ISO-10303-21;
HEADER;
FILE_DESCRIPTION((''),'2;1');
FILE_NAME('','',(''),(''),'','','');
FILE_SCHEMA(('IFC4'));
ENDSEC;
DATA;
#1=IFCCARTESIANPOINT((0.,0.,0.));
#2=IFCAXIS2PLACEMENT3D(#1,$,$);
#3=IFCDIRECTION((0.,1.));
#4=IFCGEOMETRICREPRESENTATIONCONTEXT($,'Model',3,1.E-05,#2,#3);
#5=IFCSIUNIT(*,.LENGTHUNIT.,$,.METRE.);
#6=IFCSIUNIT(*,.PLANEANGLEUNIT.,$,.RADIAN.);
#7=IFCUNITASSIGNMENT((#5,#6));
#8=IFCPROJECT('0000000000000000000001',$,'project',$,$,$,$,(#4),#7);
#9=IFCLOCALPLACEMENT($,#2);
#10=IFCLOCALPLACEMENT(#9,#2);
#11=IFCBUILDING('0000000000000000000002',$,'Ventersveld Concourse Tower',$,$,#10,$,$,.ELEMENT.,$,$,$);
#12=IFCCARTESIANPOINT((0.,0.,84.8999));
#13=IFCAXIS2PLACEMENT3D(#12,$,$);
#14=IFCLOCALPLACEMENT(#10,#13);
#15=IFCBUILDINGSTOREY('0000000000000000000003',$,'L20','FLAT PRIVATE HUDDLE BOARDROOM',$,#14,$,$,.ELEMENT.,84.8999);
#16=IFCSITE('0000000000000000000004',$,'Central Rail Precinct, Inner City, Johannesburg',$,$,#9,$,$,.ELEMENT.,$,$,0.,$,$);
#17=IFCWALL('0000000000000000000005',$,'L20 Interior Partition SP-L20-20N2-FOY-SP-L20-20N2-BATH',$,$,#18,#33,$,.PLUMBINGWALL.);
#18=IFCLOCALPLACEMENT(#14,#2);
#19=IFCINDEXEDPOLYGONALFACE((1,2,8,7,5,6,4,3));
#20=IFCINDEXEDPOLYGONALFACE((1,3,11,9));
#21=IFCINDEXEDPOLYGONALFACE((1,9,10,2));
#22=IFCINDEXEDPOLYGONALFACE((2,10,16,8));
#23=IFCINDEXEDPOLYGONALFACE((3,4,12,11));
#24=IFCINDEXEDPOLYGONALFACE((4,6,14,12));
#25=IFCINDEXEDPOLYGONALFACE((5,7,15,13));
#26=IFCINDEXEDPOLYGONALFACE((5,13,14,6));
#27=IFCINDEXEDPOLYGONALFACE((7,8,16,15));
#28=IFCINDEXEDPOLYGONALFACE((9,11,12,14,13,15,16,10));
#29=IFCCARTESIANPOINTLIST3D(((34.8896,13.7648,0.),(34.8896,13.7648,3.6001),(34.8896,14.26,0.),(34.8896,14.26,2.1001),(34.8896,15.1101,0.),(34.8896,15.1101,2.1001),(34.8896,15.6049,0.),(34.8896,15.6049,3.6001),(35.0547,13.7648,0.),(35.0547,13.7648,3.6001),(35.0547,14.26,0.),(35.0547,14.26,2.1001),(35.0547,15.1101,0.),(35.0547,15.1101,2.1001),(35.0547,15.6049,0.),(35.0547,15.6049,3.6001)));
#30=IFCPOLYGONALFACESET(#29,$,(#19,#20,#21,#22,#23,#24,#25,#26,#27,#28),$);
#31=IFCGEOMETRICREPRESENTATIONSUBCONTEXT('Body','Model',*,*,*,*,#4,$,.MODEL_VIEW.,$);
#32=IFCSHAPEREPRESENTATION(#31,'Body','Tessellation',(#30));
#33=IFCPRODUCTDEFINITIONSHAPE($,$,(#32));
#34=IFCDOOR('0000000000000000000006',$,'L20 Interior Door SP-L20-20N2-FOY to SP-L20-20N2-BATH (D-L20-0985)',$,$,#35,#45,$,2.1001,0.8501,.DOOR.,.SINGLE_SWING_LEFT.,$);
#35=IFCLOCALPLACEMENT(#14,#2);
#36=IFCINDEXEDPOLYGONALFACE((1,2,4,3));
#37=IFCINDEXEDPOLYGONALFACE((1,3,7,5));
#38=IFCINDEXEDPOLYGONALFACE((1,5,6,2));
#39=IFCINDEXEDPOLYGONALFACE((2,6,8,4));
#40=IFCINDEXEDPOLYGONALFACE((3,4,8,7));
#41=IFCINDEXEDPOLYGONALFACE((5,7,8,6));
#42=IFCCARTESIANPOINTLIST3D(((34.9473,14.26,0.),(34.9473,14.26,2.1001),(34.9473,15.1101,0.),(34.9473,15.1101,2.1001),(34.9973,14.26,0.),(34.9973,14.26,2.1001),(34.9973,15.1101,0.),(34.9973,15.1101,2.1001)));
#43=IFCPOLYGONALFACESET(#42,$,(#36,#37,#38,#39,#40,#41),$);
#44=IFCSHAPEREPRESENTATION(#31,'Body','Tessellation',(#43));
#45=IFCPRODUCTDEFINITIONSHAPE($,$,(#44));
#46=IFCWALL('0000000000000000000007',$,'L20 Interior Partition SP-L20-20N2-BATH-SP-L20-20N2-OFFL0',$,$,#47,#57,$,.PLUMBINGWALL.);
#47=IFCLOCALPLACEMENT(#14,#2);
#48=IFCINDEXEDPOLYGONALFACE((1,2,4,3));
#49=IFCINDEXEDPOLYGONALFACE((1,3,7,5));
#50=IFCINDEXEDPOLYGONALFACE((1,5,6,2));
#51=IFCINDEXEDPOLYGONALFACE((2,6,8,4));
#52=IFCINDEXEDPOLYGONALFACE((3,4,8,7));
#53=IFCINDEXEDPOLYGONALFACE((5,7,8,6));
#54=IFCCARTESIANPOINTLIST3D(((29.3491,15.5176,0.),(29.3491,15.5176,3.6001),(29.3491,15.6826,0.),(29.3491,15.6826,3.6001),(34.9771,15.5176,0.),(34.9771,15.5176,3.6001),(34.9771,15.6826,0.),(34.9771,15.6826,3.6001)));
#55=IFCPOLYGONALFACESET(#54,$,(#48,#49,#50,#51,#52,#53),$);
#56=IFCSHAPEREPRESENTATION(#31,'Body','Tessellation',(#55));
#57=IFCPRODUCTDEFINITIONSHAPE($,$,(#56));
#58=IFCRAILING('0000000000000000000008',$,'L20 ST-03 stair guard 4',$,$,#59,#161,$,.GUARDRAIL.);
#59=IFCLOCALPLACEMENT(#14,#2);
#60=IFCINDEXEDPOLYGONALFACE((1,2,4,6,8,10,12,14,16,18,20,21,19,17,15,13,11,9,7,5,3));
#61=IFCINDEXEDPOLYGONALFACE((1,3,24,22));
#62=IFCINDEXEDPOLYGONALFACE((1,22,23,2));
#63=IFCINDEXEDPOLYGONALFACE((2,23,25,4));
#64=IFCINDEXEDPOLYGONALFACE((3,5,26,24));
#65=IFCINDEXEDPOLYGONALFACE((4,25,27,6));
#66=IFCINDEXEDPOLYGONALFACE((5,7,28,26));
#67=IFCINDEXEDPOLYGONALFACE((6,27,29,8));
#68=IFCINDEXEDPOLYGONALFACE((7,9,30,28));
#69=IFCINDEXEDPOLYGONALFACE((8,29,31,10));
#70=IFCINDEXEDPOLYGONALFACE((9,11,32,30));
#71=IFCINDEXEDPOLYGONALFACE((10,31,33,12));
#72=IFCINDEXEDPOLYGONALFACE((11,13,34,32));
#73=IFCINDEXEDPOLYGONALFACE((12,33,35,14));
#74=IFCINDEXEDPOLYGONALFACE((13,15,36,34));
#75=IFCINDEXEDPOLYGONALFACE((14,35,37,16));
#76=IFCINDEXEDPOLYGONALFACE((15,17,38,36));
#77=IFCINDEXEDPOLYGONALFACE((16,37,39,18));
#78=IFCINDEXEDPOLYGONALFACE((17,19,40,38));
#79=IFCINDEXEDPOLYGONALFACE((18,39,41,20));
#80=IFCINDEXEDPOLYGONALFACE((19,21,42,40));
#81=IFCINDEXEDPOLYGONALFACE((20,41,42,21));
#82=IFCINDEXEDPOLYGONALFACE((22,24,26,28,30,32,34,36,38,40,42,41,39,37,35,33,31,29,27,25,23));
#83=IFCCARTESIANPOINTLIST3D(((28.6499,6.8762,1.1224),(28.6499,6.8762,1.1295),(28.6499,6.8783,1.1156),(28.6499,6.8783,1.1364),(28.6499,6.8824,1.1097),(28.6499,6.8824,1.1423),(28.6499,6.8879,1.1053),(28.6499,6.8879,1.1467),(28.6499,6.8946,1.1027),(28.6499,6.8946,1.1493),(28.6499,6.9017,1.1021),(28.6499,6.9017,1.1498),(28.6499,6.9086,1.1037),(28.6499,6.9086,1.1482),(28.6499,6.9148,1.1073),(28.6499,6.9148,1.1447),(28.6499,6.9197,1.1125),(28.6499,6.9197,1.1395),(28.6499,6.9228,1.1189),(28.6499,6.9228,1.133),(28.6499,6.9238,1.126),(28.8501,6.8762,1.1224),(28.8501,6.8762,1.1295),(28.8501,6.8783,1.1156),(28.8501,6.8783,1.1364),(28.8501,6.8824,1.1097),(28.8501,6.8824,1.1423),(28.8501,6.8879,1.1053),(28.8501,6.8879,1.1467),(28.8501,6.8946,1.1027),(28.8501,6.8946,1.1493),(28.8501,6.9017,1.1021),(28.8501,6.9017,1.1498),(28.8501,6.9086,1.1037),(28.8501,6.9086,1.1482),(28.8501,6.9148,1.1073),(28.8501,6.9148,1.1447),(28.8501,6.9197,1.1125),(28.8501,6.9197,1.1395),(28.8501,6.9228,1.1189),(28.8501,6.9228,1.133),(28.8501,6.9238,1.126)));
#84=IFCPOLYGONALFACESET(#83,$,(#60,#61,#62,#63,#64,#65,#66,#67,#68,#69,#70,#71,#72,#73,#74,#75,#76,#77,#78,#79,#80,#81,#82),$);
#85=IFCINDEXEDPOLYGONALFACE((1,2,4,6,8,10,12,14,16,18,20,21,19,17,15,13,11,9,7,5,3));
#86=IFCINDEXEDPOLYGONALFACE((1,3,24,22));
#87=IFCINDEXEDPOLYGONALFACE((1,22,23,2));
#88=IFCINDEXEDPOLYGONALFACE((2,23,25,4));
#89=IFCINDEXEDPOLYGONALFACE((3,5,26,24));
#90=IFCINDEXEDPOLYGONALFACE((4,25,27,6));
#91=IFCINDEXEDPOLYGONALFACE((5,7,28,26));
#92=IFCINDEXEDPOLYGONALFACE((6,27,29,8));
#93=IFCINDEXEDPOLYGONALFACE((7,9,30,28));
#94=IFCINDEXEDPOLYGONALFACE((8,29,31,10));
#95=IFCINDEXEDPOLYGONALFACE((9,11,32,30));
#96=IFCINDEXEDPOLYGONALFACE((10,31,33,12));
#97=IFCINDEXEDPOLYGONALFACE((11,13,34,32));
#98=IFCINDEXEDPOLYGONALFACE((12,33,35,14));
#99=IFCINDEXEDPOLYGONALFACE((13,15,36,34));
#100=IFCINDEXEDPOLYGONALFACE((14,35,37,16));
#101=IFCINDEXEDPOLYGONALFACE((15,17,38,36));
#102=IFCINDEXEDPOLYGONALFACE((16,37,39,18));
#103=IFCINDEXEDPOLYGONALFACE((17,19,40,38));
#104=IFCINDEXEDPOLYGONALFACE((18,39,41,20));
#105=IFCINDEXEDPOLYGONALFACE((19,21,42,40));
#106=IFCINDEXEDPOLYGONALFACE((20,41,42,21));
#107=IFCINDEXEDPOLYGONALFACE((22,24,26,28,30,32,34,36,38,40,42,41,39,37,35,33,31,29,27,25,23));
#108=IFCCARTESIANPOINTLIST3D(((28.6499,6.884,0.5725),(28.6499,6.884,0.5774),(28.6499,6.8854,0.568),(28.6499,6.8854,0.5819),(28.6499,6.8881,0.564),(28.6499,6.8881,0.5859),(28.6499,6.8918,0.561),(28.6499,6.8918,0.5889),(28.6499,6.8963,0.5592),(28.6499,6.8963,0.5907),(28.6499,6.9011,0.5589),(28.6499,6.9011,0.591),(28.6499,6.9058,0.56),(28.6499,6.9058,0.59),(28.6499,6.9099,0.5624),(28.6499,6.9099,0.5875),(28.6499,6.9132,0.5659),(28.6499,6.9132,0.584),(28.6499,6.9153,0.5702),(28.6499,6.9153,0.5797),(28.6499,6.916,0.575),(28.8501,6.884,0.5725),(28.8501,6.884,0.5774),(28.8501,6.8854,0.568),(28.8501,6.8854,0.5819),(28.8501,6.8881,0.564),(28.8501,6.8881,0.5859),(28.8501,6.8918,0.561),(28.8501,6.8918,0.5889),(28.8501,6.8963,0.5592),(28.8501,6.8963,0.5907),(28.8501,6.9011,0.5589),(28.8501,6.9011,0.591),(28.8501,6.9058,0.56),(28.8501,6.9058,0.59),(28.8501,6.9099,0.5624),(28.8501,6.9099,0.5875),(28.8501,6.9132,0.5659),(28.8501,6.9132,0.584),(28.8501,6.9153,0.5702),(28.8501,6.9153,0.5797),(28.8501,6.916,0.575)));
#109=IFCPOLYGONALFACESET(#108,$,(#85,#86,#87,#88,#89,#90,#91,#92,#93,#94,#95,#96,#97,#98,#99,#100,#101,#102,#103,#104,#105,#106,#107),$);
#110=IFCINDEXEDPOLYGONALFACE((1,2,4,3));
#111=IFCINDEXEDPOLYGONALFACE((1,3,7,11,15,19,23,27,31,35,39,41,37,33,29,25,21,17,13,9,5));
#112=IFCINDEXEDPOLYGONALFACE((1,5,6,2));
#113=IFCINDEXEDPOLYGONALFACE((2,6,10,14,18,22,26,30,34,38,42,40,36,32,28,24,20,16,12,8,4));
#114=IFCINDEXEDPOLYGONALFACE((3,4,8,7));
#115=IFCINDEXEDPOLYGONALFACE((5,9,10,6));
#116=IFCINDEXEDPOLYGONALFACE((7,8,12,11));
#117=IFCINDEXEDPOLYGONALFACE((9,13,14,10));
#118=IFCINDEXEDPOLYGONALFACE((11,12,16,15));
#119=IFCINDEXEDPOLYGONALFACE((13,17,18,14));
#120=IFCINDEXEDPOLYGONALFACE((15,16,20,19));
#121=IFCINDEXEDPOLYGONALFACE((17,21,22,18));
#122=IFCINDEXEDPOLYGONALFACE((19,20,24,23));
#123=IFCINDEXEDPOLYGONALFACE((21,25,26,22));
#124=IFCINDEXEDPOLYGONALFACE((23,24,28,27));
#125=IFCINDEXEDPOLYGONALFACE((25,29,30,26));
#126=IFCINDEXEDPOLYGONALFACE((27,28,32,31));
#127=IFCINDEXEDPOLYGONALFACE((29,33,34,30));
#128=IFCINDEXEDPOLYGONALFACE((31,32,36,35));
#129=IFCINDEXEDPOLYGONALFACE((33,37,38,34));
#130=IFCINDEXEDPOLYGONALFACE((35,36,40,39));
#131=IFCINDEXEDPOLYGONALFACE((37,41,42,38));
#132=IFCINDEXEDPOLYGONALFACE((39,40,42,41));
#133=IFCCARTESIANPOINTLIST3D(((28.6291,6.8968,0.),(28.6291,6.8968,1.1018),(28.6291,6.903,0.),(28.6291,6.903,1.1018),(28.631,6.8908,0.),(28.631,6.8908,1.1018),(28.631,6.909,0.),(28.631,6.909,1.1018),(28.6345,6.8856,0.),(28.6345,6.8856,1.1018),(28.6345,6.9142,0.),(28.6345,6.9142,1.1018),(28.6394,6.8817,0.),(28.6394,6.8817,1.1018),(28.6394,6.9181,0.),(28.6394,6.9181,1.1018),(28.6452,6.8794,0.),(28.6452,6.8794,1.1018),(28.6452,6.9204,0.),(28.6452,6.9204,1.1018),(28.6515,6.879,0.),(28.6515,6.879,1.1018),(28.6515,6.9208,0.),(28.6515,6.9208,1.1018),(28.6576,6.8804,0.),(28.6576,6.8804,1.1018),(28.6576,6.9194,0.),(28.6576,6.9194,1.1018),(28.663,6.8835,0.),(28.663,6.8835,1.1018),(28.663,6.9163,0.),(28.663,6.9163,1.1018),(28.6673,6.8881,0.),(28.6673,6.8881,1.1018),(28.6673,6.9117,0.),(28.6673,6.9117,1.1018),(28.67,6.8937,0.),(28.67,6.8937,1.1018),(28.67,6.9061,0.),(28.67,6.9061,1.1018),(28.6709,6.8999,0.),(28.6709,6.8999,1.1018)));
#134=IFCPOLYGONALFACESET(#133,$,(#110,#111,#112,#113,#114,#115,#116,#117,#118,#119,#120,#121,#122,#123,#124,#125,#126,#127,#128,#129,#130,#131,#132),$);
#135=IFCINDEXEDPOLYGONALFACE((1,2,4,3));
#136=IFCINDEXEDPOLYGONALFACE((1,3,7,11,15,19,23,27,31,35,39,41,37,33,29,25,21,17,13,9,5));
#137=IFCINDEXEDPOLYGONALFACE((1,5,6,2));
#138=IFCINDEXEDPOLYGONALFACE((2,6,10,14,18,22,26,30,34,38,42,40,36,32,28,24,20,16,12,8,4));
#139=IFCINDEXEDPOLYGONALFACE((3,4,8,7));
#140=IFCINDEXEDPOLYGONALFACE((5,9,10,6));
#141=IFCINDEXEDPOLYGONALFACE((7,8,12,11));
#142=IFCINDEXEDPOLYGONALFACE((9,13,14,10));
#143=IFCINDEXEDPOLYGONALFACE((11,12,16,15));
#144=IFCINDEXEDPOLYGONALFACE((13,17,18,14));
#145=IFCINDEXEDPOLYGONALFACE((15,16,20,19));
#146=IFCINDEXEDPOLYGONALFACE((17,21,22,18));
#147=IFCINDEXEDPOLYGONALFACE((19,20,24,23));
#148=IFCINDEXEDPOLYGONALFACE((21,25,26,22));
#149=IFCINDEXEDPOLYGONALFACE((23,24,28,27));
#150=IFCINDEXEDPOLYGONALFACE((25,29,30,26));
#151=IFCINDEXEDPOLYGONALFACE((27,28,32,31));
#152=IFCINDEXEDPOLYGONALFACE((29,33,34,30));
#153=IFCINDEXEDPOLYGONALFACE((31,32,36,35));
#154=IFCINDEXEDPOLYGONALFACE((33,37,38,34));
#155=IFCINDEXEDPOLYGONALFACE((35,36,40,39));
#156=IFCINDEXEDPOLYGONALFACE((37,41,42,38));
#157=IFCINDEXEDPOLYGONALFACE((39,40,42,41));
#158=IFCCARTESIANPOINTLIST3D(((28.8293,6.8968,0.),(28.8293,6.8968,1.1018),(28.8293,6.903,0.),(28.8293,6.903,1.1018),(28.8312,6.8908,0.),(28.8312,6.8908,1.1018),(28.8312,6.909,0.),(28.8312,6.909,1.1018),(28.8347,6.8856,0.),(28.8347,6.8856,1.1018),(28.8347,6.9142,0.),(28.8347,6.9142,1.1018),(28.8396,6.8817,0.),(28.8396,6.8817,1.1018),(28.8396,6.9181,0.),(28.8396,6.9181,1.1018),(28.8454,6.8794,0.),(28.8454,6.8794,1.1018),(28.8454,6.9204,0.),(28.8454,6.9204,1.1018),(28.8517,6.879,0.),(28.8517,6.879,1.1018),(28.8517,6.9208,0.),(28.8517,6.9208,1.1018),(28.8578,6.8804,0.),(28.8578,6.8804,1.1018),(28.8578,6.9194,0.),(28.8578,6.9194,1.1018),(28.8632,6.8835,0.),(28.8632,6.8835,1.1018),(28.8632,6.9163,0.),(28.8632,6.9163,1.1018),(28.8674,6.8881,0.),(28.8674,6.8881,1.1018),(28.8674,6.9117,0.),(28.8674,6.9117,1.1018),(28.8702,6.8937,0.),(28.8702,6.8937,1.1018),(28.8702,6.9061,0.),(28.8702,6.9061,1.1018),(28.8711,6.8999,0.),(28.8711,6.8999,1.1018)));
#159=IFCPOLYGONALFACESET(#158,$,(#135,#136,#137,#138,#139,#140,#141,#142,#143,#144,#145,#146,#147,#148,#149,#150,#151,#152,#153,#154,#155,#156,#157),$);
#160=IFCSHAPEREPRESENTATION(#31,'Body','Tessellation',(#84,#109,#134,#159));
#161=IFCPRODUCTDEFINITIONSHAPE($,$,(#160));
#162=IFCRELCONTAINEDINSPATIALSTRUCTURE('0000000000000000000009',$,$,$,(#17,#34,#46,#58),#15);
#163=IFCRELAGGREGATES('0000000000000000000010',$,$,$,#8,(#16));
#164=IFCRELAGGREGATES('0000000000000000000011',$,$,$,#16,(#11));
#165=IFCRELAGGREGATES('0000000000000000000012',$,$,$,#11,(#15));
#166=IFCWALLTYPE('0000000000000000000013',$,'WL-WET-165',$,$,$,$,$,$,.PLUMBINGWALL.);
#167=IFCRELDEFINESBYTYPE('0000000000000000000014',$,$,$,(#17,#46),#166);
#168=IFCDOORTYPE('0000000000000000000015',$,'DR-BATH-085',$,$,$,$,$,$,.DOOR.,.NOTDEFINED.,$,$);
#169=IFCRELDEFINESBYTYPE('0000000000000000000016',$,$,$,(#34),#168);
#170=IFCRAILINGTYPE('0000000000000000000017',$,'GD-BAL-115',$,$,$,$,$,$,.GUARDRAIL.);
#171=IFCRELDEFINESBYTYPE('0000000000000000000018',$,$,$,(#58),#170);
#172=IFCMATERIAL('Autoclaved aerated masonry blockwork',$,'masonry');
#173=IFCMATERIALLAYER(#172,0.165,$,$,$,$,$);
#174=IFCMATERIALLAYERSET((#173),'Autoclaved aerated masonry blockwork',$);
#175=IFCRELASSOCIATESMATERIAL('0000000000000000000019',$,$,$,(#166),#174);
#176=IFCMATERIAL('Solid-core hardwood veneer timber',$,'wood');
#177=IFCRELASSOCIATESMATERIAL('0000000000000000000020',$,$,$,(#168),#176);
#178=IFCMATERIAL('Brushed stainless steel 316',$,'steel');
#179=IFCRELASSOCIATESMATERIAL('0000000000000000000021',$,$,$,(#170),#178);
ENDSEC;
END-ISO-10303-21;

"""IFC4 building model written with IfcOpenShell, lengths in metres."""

from ifc_helpers import new_model, si_unit, direction, frame, frame_2d, origin, origin_2d, place, context, subcontext, project, spatial, rectangle, circle, extrude, material, layer, layer_set, type_object, element, fill, save


model = new_model("IFC4")

# Units and contexts
model_context = context("Model", 3, precision=1e-05, world=origin(), true_north=direction((0.0, 1.0)))
body_context = subcontext(model_context, "Body", "Model", "MODEL_VIEW")
ifc_project = project(units=[si_unit("LENGTHUNIT", "METRE"), si_unit("PLANEANGLEUNIT", "RADIAN")], contexts=[model_context])

# Site, building, storey
site_placement = place(None, origin())
site = spatial("IfcSite", under=ifc_project, at=site_placement, Name="Central Rail Precinct, Inner City, Johannesburg", CompositionType="ELEMENT", RefElevation=0.0)
building_placement = place(site_placement, origin())
building = spatial("IfcBuilding", under=site, at=building_placement, Name="Ventersveld Concourse Tower", CompositionType="ELEMENT")
storey_placement = place(building_placement, frame((0.0, 0.0, 84.8999)))
storey = spatial("IfcBuildingStorey", under=building, at=storey_placement, Name="L20", Description="FLAT PRIVATE HUDDLE BOARDROOM", CompositionType="ELEMENT", Elevation=84.8999)

# Shared definitions
ifc_material_1 = material(Name="Solid-core hardwood veneer timber", Category="wood")

# Shared definitions
ifc_material_2 = material(Name="Brushed stainless steel 316", Category="steel")

# Wall, opening, door
ifc_material_3 = material(Name="Autoclaved aerated masonry blockwork", Category="masonry")
ifc_layer_1 = layer(ifc_material_3, 0.165)
ifc_layer_set_1 = layer_set([ifc_layer_1], Name="Autoclaved aerated masonry blockwork")
wall_type_1 = type_object("IfcWallType", Name="WL-WET-165", PredefinedType="PLUMBINGWALL", material=ifc_layer_set_1)
wall_1_placement = place(storey_placement, frame((34.9722, 13.7649, 0.0), z_axis=(0.0, 0.0, 1.0), x_axis=(0.0, 1.0, 0.0)))
wall_1 = element("IfcWall", 1, at=wall_1_placement, inside=storey, type_object=wall_type_1, Name="L20 Interior Partition SP-L20-20N2-FOY-SP-L20-20N2-BATH", PredefinedType="PLUMBINGWALL", context=body_context, shape_type="SweptSolid", body=[
    extrude(rectangle(XDim=1.8401, YDim=0.165, at=frame_2d((0.9199, 0.0))), origin(), (0.0, 0.0, 1.0), 3.6001),
])
opening_1_placement = place(wall_1_placement, frame((0.4951, 0.0, 0.0)))
opening_1 = element("IfcOpeningElement", 2, at=opening_1_placement, cuts=wall_1, PredefinedType="OPENING", context=body_context, shape_type="SweptSolid", body=[
    extrude(rectangle(XDim=0.8501, YDim=2.1001, at=frame_2d((0.425, 1.05))), frame((0.0, 0.0925, 0.0), z_axis=(0.0, -1.0, 0.0), x_axis=(1.0, 0.0, 0.0)), (0.0, 0.0, 1.0), 0.1851),
])
door_type_1 = type_object("IfcDoorType", Name="DR-BATH-085", OperationType="NOTDEFINED", PredefinedType="DOOR", material=ifc_material_1)
door_1_placement = place(opening_1_placement, origin())
door_1 = element("IfcDoor", 3, at=door_1_placement, inside=storey, type_object=door_type_1, Name="L20 Interior Door SP-L20-20N2-FOY to SP-L20-20N2-BATH (D-L20-0985)", OperationType="SINGLE_SWING_LEFT", OverallHeight=2.1001, OverallWidth=0.8501, PredefinedType="DOOR", context=body_context, shape_type="SweptSolid", body=[
    extrude(rectangle(XDim=0.8501, YDim=2.1001, at=frame_2d((0.425, 1.05))), frame((0.0, 0.0249, 0.0), z_axis=(0.0, -1.0, 0.0), x_axis=(1.0, 0.0, 0.0)), (0.0, 0.0, 1.0), 0.05),
])
fill(opening_1, door_1)

# Wall
wall_2_placement = place(storey_placement, frame((29.3491, 15.6001, 0.0), z_axis=(0.0, 0.0, 1.0), x_axis=(1.0, 0.0, 0.0)))
element("IfcWall", 4, at=wall_2_placement, inside=storey, type_object=wall_type_1, Name="L20 Interior Partition SP-L20-20N2-BATH-SP-L20-20N2-OFFL0", PredefinedType="PLUMBINGWALL", context=body_context, shape_type="SweptSolid", body=[
    extrude(rectangle(XDim=5.6279, YDim=0.165, at=frame_2d((2.814, 0.0))), origin(), (0.0, 0.0, 1.0), 3.6001),
])

# Railing
railing_type = type_object("IfcRailingType", Name="GD-BAL-115", PredefinedType="GUARDRAIL", material=ifc_material_2)
railing_placement = place(storey_placement, frame((28.6499, 6.8999, 0.0)))
element("IfcRailing", 5, at=railing_placement, inside=storey, type_object=railing_type, Name="L20 ST-03 stair guard 4", PredefinedType="GUARDRAIL", context=body_context, shape_type="SweptSolid", body=[
    extrude(circle(Radius=0.0239, at=origin_2d()), frame((0.0, 0.0, 1.126), z_axis=(1.0, 0.0, 0.0), x_axis=(0.0, 1.0, 0.0)), (0.0, 0.0, 1.0), 0.2002),
    extrude(circle(Radius=0.0161, at=origin_2d()), frame((0.0, 0.0, 0.575), z_axis=(1.0, 0.0, 0.0), x_axis=(0.0, 1.0, 0.0)), (0.0, 0.0, 1.0), 0.2002),
    extrude(circle(Radius=0.021, at=origin_2d()), origin(), (0.0, 0.0, 1.0), 1.1018),
    extrude(circle(Radius=0.021, at=origin_2d()), frame((0.2002, 0.0, 0.0)), (0.0, 0.0, 1.0), 1.1018),
])

save(model, "model.ifc")
